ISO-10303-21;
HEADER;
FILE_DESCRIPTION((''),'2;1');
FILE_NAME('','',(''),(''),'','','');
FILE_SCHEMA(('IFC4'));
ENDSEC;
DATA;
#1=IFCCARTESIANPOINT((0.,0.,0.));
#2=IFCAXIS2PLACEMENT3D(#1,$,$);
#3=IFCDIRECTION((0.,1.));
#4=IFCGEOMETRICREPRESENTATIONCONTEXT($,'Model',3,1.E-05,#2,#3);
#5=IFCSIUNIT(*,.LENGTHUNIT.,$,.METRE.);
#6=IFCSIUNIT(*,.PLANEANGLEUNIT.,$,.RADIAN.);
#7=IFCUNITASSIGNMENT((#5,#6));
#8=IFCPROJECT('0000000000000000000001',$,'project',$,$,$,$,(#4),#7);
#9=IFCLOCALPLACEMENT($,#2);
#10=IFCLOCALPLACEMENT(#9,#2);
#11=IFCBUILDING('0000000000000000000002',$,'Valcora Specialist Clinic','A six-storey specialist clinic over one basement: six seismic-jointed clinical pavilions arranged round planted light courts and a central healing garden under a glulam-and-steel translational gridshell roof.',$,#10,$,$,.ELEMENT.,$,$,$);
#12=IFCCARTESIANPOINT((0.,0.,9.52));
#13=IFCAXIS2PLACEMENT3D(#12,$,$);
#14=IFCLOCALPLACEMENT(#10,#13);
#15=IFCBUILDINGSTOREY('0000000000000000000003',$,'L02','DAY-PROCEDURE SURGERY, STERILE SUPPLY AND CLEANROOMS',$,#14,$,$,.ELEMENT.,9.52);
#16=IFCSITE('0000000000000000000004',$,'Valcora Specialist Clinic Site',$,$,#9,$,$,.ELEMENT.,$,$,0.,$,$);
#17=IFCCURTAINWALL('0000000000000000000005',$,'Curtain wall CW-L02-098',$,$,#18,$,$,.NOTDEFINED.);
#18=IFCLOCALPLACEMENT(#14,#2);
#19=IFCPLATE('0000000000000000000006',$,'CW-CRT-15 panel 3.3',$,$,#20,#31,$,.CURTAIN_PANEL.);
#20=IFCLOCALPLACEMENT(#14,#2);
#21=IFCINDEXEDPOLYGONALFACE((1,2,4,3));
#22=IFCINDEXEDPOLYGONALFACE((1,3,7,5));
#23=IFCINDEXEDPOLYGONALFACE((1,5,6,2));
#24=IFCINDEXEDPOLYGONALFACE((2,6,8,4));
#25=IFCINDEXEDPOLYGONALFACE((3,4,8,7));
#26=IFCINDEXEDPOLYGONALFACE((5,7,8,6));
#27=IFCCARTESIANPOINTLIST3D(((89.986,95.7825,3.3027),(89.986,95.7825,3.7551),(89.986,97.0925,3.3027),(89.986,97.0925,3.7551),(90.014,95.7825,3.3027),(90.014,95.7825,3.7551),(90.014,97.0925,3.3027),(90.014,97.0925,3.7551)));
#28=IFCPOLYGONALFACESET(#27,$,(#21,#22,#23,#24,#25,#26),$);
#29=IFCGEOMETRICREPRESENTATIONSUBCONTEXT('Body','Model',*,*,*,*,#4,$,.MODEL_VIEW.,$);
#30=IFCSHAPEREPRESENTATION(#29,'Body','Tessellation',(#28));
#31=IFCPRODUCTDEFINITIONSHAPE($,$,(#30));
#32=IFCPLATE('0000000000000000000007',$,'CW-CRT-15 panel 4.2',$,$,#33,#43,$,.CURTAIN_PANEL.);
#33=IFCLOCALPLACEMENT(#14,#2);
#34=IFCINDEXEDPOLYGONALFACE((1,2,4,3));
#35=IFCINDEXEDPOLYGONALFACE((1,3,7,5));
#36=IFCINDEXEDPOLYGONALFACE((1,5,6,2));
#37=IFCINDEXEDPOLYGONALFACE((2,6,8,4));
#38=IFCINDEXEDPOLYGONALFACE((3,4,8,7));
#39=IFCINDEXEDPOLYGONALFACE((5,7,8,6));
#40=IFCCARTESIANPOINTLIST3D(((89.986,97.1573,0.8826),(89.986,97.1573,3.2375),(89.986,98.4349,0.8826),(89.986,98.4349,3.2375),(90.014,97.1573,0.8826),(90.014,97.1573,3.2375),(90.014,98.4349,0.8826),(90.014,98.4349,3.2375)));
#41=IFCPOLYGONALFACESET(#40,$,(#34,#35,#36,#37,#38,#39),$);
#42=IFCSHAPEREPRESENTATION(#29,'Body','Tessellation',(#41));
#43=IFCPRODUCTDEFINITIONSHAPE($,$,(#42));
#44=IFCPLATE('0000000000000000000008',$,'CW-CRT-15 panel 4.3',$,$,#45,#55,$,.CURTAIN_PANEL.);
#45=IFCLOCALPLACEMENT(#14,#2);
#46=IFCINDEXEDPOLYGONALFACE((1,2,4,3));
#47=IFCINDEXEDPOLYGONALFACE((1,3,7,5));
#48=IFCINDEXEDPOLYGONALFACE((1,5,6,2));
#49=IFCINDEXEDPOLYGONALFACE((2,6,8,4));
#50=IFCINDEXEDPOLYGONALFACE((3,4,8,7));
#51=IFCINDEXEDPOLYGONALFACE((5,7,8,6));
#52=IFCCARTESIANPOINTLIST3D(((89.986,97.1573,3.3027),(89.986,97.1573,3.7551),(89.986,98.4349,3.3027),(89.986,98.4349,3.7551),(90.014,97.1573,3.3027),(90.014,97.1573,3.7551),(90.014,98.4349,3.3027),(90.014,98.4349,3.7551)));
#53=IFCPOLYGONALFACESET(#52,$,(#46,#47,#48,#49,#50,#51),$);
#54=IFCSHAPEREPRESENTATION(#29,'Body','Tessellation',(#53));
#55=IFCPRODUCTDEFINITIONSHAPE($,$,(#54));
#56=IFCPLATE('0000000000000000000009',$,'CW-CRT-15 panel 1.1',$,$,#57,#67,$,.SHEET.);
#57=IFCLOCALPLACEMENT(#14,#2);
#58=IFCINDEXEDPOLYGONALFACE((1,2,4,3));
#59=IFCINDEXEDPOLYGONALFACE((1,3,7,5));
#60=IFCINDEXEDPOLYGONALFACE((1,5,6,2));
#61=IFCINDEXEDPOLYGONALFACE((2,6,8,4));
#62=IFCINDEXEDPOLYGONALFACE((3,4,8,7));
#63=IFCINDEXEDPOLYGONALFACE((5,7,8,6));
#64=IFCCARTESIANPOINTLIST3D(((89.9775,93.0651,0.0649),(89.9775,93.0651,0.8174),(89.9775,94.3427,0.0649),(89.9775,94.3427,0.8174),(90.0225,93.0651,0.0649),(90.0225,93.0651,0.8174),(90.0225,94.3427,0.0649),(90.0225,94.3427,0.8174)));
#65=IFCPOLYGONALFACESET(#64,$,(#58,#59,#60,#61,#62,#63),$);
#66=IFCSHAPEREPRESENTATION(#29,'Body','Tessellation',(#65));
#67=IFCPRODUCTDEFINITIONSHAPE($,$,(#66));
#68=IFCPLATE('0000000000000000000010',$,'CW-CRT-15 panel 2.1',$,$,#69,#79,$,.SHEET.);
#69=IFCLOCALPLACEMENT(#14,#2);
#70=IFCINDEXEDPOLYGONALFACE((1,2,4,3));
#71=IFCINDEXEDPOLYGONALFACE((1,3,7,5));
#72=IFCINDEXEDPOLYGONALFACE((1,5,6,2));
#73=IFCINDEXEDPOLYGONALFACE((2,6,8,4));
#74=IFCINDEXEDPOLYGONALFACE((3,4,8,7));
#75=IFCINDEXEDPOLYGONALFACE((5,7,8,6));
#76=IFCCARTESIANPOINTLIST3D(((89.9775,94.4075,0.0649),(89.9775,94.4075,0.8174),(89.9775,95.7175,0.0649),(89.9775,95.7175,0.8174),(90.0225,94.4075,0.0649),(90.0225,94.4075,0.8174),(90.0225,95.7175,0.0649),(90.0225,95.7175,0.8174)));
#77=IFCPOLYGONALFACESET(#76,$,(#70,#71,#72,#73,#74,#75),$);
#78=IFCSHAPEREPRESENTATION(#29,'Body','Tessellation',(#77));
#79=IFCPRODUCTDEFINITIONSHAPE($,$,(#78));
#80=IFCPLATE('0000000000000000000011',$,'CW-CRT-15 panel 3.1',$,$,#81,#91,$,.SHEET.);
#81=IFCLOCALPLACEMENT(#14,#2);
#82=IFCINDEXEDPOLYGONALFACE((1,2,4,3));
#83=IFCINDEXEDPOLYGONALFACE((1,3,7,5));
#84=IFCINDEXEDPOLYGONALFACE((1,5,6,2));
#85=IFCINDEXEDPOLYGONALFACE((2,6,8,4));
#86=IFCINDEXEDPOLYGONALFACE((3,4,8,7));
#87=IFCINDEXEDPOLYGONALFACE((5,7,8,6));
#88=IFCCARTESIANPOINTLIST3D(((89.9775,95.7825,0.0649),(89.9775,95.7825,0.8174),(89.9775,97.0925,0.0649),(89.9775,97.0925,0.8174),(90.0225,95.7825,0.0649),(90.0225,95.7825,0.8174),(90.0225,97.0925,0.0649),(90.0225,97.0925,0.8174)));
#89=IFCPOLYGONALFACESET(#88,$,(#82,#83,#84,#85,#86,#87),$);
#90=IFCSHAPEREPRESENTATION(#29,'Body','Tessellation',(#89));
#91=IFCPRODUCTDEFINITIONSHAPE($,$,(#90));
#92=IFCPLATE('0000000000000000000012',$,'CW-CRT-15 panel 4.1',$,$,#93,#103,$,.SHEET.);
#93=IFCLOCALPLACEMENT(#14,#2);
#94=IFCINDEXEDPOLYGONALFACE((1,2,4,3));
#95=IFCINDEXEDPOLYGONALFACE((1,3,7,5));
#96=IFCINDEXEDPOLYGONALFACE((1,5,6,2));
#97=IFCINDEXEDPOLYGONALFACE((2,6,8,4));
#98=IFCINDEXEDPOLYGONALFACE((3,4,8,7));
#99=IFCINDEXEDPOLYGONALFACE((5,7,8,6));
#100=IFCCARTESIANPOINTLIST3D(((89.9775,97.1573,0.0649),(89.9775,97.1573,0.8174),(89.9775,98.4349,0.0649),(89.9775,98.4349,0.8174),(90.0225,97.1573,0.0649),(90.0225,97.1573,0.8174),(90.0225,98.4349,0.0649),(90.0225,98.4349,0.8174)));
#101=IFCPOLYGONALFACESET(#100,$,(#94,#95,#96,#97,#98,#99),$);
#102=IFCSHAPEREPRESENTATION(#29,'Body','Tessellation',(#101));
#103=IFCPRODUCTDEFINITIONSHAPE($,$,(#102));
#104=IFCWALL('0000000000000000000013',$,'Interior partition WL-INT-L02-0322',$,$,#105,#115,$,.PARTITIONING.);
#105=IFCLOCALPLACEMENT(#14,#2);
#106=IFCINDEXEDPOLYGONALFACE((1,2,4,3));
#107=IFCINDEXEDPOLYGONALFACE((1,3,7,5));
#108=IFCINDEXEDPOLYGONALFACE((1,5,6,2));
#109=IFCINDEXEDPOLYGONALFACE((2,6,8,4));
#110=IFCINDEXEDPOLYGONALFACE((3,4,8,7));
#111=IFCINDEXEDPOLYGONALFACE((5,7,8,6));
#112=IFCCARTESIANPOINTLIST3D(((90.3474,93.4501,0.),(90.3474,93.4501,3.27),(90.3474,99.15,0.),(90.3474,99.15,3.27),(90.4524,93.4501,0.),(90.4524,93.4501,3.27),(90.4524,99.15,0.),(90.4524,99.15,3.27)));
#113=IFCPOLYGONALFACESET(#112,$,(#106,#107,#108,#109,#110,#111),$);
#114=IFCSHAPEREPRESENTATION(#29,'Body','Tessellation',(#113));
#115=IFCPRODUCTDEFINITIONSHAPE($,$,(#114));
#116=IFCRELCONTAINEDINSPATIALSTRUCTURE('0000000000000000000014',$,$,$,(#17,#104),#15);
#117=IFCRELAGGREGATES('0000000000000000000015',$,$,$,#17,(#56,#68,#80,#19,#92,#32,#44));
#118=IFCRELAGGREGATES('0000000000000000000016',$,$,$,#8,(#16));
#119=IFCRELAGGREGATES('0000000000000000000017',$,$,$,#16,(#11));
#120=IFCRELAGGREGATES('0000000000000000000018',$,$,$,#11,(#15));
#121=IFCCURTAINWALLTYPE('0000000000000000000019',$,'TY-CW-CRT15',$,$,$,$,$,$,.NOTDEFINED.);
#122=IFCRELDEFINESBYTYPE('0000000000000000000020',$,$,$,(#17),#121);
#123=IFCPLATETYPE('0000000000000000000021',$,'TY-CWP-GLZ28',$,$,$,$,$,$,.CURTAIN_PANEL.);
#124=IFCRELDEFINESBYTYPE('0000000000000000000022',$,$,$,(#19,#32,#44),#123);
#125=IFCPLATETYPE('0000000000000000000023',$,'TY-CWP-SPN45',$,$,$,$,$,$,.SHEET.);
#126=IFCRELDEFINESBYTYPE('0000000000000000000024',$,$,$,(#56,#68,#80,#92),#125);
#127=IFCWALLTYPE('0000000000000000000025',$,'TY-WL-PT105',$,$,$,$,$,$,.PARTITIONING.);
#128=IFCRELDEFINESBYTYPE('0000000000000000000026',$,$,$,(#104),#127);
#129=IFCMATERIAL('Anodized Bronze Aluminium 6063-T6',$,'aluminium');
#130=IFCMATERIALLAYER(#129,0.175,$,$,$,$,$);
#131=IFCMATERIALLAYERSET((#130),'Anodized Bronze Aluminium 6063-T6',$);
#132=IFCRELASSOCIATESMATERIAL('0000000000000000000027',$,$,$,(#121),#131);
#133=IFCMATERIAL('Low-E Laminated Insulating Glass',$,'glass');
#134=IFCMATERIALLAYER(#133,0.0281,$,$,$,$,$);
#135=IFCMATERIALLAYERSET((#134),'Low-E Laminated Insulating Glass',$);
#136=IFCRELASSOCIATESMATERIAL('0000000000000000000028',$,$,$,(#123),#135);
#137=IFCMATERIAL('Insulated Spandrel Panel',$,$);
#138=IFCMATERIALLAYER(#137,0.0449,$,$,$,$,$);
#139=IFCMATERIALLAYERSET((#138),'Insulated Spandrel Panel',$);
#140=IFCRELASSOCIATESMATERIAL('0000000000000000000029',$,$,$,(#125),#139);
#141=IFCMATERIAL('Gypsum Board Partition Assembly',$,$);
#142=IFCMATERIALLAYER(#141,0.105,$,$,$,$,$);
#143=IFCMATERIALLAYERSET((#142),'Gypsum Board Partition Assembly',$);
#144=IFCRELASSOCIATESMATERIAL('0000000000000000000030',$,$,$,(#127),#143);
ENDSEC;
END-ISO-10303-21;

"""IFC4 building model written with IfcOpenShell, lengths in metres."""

from ifc_helpers import new_model, si_unit, direction, frame, frame_2d, origin, origin_2d, place, context, subcontext, project, spatial, rectangle, extrude, material, layer, layer_set, type_object, element, aggregate, save


model = new_model("IFC4")

# Units and contexts
model_context = context("Model", 3, precision=1e-05, world=origin(), true_north=direction((0.0, 1.0)))
body_context = subcontext(model_context, "Body", "Model", "MODEL_VIEW")
ifc_project = project(units=[si_unit("LENGTHUNIT", "METRE"), si_unit("PLANEANGLEUNIT", "RADIAN")], contexts=[model_context])

# Site, building, storey
site_placement = place(None, origin())
site = spatial("IfcSite", under=ifc_project, at=site_placement, Name="Valcora Specialist Clinic Site", CompositionType="ELEMENT", RefElevation=0.0)
building_placement = place(site_placement, origin())
building = spatial("IfcBuilding", under=site, at=building_placement, Name="Valcora Specialist Clinic", Description="A six-storey specialist clinic over one basement: six seismic-jointed clinical pavilions arranged round planted light courts and a central healing garden under a glulam-and-steel translational gridshell roof.", CompositionType="ELEMENT")
storey_placement = place(building_placement, frame((0.0, 0.0, 9.52)))
storey = spatial("IfcBuildingStorey", under=building, at=storey_placement, Name="L02", Description="DAY-PROCEDURE SURGERY, STERILE SUPPLY AND CLEANROOMS", CompositionType="ELEMENT", Elevation=9.52)

# Curtain wall, plates
ifc_material_1 = material(Name="Anodized Bronze Aluminium 6063-T6", Category="aluminium")
ifc_layer_1 = layer(ifc_material_1, 0.175)
ifc_layer_set_1 = layer_set([ifc_layer_1], Name="Anodized Bronze Aluminium 6063-T6")
curtain_wall_type = type_object("IfcCurtainWallType", Name="TY-CW-CRT15", PredefinedType="NOTDEFINED", material=ifc_layer_set_1)
curtain_wall_placement = place(storey_placement, origin())
curtain_wall = element("IfcCurtainWall", 1, at=curtain_wall_placement, inside=storey, type_object=curtain_wall_type, Name="Curtain wall CW-L02-098", PredefinedType="NOTDEFINED")
ifc_material_2 = material(Name="Low-E Laminated Insulating Glass", Category="glass")
ifc_layer_2 = layer(ifc_material_2, 0.0281)
ifc_layer_set_2 = layer_set([ifc_layer_2], Name="Low-E Laminated Insulating Glass")
plate_type_1 = type_object("IfcPlateType", Name="TY-CWP-GLZ28", PredefinedType="CURTAIN_PANEL", material=ifc_layer_set_2)
plate_1_placement = place(storey_placement, frame((90.0, 96.4375, 3.3027), z_axis=(0.0, 0.0, 1.0), x_axis=(0.0, 1.0, 0.0)))
plate_1 = element("IfcPlate", 2, at=plate_1_placement, type_object=plate_type_1, Name="CW-CRT-15 panel 3.3", PredefinedType="CURTAIN_PANEL", context=body_context, shape_type="SweptSolid", body=[
    extrude(rectangle(XDim=1.3101, YDim=0.0281, at=origin_2d()), origin(), (0.0, 0.0, 1.0), 0.4524),
])
plate_2_placement = place(storey_placement, frame((90.0, 97.7961, 0.8826), z_axis=(0.0, 0.0, 1.0), x_axis=(0.0, 1.0, 0.0)))
plate_2 = element("IfcPlate", 3, at=plate_2_placement, type_object=plate_type_1, Name="CW-CRT-15 panel 4.2", PredefinedType="CURTAIN_PANEL", context=body_context, shape_type="SweptSolid", body=[
    extrude(rectangle(XDim=1.2776, YDim=0.0281, at=origin_2d()), origin(), (0.0, 0.0, 1.0), 2.355),
])
plate_3_placement = place(storey_placement, frame((90.0, 97.7961, 3.3027), z_axis=(0.0, 0.0, 1.0), x_axis=(0.0, 1.0, 0.0)))
plate_3 = element("IfcPlate", 4, at=plate_3_placement, type_object=plate_type_1, Name="CW-CRT-15 panel 4.3", PredefinedType="CURTAIN_PANEL", context=body_context, shape_type="SweptSolid", body=[
    extrude(rectangle(XDim=1.2776, YDim=0.0281, at=origin_2d()), origin(), (0.0, 0.0, 1.0), 0.4524),
])
ifc_material_3 = material(Name="Insulated Spandrel Panel")
ifc_layer_3 = layer(ifc_material_3, 0.0449)
ifc_layer_set_3 = layer_set([ifc_layer_3], Name="Insulated Spandrel Panel")
plate_type_2 = type_object("IfcPlateType", Name="TY-CWP-SPN45", PredefinedType="SHEET", material=ifc_layer_set_3)
plate_4_placement = place(storey_placement, frame((90.0, 93.7039, 0.0649), z_axis=(0.0, 0.0, 1.0), x_axis=(0.0, 1.0, 0.0)))
plate_4 = element("IfcPlate", 5, at=plate_4_placement, type_object=plate_type_2, Name="CW-CRT-15 panel 1.1", PredefinedType="SHEET", context=body_context, shape_type="SweptSolid", body=[
    extrude(rectangle(XDim=1.2776, YDim=0.0449, at=origin_2d()), origin(), (0.0, 0.0, 1.0), 0.7524),
])
plate_5_placement = place(storey_placement, frame((90.0, 95.0625, 0.0649), z_axis=(0.0, 0.0, 1.0), x_axis=(0.0, 1.0, 0.0)))
plate_5 = element("IfcPlate", 6, at=plate_5_placement, type_object=plate_type_2, Name="CW-CRT-15 panel 2.1", PredefinedType="SHEET", context=body_context, shape_type="SweptSolid", body=[
    extrude(rectangle(XDim=1.3101, YDim=0.0449, at=origin_2d()), origin(), (0.0, 0.0, 1.0), 0.7524),
])
plate_6_placement = place(storey_placement, frame((90.0, 96.4375, 0.0649), z_axis=(0.0, 0.0, 1.0), x_axis=(0.0, 1.0, 0.0)))
plate_6 = element("IfcPlate", 7, at=plate_6_placement, type_object=plate_type_2, Name="CW-CRT-15 panel 3.1", PredefinedType="SHEET", context=body_context, shape_type="SweptSolid", body=[
    extrude(rectangle(XDim=1.3101, YDim=0.0449, at=origin_2d()), origin(), (0.0, 0.0, 1.0), 0.7524),
])
plate_7_placement = place(storey_placement, frame((90.0, 97.7961, 0.0649), z_axis=(0.0, 0.0, 1.0), x_axis=(0.0, 1.0, 0.0)))
plate_7 = element("IfcPlate", 8, at=plate_7_placement, type_object=plate_type_2, Name="CW-CRT-15 panel 4.1", PredefinedType="SHEET", context=body_context, shape_type="SweptSolid", body=[
    extrude(rectangle(XDim=1.2776, YDim=0.0449, at=origin_2d()), origin(), (0.0, 0.0, 1.0), 0.7524),
])
aggregate(curtain_wall, [plate_4, plate_5, plate_6, plate_1, plate_7, plate_2, plate_3])

# Wall
ifc_material_4 = material(Name="Gypsum Board Partition Assembly")
ifc_layer_4 = layer(ifc_material_4, 0.105)
ifc_layer_set_4 = layer_set([ifc_layer_4], Name="Gypsum Board Partition Assembly")
wall_type = type_object("IfcWallType", Name="TY-WL-PT105", PredefinedType="PARTITIONING", material=ifc_layer_set_4)
wall_placement = place(storey_placement, frame((90.3999, 93.45, 0.0), z_axis=(0.0, 0.0, 1.0), x_axis=(0.0, 1.0, 0.0)))
element("IfcWall", 9, at=wall_placement, inside=storey, type_object=wall_type, Name="Interior partition WL-INT-L02-0322", PredefinedType="PARTITIONING", context=body_context, shape_type="SweptSolid", body=[
    extrude(rectangle(XDim=5.7, YDim=0.105, at=frame_2d((2.8501, 0.0))), origin(), (0.0, 0.0, 1.0), 3.27),
])

save(model, "model.ifc")
